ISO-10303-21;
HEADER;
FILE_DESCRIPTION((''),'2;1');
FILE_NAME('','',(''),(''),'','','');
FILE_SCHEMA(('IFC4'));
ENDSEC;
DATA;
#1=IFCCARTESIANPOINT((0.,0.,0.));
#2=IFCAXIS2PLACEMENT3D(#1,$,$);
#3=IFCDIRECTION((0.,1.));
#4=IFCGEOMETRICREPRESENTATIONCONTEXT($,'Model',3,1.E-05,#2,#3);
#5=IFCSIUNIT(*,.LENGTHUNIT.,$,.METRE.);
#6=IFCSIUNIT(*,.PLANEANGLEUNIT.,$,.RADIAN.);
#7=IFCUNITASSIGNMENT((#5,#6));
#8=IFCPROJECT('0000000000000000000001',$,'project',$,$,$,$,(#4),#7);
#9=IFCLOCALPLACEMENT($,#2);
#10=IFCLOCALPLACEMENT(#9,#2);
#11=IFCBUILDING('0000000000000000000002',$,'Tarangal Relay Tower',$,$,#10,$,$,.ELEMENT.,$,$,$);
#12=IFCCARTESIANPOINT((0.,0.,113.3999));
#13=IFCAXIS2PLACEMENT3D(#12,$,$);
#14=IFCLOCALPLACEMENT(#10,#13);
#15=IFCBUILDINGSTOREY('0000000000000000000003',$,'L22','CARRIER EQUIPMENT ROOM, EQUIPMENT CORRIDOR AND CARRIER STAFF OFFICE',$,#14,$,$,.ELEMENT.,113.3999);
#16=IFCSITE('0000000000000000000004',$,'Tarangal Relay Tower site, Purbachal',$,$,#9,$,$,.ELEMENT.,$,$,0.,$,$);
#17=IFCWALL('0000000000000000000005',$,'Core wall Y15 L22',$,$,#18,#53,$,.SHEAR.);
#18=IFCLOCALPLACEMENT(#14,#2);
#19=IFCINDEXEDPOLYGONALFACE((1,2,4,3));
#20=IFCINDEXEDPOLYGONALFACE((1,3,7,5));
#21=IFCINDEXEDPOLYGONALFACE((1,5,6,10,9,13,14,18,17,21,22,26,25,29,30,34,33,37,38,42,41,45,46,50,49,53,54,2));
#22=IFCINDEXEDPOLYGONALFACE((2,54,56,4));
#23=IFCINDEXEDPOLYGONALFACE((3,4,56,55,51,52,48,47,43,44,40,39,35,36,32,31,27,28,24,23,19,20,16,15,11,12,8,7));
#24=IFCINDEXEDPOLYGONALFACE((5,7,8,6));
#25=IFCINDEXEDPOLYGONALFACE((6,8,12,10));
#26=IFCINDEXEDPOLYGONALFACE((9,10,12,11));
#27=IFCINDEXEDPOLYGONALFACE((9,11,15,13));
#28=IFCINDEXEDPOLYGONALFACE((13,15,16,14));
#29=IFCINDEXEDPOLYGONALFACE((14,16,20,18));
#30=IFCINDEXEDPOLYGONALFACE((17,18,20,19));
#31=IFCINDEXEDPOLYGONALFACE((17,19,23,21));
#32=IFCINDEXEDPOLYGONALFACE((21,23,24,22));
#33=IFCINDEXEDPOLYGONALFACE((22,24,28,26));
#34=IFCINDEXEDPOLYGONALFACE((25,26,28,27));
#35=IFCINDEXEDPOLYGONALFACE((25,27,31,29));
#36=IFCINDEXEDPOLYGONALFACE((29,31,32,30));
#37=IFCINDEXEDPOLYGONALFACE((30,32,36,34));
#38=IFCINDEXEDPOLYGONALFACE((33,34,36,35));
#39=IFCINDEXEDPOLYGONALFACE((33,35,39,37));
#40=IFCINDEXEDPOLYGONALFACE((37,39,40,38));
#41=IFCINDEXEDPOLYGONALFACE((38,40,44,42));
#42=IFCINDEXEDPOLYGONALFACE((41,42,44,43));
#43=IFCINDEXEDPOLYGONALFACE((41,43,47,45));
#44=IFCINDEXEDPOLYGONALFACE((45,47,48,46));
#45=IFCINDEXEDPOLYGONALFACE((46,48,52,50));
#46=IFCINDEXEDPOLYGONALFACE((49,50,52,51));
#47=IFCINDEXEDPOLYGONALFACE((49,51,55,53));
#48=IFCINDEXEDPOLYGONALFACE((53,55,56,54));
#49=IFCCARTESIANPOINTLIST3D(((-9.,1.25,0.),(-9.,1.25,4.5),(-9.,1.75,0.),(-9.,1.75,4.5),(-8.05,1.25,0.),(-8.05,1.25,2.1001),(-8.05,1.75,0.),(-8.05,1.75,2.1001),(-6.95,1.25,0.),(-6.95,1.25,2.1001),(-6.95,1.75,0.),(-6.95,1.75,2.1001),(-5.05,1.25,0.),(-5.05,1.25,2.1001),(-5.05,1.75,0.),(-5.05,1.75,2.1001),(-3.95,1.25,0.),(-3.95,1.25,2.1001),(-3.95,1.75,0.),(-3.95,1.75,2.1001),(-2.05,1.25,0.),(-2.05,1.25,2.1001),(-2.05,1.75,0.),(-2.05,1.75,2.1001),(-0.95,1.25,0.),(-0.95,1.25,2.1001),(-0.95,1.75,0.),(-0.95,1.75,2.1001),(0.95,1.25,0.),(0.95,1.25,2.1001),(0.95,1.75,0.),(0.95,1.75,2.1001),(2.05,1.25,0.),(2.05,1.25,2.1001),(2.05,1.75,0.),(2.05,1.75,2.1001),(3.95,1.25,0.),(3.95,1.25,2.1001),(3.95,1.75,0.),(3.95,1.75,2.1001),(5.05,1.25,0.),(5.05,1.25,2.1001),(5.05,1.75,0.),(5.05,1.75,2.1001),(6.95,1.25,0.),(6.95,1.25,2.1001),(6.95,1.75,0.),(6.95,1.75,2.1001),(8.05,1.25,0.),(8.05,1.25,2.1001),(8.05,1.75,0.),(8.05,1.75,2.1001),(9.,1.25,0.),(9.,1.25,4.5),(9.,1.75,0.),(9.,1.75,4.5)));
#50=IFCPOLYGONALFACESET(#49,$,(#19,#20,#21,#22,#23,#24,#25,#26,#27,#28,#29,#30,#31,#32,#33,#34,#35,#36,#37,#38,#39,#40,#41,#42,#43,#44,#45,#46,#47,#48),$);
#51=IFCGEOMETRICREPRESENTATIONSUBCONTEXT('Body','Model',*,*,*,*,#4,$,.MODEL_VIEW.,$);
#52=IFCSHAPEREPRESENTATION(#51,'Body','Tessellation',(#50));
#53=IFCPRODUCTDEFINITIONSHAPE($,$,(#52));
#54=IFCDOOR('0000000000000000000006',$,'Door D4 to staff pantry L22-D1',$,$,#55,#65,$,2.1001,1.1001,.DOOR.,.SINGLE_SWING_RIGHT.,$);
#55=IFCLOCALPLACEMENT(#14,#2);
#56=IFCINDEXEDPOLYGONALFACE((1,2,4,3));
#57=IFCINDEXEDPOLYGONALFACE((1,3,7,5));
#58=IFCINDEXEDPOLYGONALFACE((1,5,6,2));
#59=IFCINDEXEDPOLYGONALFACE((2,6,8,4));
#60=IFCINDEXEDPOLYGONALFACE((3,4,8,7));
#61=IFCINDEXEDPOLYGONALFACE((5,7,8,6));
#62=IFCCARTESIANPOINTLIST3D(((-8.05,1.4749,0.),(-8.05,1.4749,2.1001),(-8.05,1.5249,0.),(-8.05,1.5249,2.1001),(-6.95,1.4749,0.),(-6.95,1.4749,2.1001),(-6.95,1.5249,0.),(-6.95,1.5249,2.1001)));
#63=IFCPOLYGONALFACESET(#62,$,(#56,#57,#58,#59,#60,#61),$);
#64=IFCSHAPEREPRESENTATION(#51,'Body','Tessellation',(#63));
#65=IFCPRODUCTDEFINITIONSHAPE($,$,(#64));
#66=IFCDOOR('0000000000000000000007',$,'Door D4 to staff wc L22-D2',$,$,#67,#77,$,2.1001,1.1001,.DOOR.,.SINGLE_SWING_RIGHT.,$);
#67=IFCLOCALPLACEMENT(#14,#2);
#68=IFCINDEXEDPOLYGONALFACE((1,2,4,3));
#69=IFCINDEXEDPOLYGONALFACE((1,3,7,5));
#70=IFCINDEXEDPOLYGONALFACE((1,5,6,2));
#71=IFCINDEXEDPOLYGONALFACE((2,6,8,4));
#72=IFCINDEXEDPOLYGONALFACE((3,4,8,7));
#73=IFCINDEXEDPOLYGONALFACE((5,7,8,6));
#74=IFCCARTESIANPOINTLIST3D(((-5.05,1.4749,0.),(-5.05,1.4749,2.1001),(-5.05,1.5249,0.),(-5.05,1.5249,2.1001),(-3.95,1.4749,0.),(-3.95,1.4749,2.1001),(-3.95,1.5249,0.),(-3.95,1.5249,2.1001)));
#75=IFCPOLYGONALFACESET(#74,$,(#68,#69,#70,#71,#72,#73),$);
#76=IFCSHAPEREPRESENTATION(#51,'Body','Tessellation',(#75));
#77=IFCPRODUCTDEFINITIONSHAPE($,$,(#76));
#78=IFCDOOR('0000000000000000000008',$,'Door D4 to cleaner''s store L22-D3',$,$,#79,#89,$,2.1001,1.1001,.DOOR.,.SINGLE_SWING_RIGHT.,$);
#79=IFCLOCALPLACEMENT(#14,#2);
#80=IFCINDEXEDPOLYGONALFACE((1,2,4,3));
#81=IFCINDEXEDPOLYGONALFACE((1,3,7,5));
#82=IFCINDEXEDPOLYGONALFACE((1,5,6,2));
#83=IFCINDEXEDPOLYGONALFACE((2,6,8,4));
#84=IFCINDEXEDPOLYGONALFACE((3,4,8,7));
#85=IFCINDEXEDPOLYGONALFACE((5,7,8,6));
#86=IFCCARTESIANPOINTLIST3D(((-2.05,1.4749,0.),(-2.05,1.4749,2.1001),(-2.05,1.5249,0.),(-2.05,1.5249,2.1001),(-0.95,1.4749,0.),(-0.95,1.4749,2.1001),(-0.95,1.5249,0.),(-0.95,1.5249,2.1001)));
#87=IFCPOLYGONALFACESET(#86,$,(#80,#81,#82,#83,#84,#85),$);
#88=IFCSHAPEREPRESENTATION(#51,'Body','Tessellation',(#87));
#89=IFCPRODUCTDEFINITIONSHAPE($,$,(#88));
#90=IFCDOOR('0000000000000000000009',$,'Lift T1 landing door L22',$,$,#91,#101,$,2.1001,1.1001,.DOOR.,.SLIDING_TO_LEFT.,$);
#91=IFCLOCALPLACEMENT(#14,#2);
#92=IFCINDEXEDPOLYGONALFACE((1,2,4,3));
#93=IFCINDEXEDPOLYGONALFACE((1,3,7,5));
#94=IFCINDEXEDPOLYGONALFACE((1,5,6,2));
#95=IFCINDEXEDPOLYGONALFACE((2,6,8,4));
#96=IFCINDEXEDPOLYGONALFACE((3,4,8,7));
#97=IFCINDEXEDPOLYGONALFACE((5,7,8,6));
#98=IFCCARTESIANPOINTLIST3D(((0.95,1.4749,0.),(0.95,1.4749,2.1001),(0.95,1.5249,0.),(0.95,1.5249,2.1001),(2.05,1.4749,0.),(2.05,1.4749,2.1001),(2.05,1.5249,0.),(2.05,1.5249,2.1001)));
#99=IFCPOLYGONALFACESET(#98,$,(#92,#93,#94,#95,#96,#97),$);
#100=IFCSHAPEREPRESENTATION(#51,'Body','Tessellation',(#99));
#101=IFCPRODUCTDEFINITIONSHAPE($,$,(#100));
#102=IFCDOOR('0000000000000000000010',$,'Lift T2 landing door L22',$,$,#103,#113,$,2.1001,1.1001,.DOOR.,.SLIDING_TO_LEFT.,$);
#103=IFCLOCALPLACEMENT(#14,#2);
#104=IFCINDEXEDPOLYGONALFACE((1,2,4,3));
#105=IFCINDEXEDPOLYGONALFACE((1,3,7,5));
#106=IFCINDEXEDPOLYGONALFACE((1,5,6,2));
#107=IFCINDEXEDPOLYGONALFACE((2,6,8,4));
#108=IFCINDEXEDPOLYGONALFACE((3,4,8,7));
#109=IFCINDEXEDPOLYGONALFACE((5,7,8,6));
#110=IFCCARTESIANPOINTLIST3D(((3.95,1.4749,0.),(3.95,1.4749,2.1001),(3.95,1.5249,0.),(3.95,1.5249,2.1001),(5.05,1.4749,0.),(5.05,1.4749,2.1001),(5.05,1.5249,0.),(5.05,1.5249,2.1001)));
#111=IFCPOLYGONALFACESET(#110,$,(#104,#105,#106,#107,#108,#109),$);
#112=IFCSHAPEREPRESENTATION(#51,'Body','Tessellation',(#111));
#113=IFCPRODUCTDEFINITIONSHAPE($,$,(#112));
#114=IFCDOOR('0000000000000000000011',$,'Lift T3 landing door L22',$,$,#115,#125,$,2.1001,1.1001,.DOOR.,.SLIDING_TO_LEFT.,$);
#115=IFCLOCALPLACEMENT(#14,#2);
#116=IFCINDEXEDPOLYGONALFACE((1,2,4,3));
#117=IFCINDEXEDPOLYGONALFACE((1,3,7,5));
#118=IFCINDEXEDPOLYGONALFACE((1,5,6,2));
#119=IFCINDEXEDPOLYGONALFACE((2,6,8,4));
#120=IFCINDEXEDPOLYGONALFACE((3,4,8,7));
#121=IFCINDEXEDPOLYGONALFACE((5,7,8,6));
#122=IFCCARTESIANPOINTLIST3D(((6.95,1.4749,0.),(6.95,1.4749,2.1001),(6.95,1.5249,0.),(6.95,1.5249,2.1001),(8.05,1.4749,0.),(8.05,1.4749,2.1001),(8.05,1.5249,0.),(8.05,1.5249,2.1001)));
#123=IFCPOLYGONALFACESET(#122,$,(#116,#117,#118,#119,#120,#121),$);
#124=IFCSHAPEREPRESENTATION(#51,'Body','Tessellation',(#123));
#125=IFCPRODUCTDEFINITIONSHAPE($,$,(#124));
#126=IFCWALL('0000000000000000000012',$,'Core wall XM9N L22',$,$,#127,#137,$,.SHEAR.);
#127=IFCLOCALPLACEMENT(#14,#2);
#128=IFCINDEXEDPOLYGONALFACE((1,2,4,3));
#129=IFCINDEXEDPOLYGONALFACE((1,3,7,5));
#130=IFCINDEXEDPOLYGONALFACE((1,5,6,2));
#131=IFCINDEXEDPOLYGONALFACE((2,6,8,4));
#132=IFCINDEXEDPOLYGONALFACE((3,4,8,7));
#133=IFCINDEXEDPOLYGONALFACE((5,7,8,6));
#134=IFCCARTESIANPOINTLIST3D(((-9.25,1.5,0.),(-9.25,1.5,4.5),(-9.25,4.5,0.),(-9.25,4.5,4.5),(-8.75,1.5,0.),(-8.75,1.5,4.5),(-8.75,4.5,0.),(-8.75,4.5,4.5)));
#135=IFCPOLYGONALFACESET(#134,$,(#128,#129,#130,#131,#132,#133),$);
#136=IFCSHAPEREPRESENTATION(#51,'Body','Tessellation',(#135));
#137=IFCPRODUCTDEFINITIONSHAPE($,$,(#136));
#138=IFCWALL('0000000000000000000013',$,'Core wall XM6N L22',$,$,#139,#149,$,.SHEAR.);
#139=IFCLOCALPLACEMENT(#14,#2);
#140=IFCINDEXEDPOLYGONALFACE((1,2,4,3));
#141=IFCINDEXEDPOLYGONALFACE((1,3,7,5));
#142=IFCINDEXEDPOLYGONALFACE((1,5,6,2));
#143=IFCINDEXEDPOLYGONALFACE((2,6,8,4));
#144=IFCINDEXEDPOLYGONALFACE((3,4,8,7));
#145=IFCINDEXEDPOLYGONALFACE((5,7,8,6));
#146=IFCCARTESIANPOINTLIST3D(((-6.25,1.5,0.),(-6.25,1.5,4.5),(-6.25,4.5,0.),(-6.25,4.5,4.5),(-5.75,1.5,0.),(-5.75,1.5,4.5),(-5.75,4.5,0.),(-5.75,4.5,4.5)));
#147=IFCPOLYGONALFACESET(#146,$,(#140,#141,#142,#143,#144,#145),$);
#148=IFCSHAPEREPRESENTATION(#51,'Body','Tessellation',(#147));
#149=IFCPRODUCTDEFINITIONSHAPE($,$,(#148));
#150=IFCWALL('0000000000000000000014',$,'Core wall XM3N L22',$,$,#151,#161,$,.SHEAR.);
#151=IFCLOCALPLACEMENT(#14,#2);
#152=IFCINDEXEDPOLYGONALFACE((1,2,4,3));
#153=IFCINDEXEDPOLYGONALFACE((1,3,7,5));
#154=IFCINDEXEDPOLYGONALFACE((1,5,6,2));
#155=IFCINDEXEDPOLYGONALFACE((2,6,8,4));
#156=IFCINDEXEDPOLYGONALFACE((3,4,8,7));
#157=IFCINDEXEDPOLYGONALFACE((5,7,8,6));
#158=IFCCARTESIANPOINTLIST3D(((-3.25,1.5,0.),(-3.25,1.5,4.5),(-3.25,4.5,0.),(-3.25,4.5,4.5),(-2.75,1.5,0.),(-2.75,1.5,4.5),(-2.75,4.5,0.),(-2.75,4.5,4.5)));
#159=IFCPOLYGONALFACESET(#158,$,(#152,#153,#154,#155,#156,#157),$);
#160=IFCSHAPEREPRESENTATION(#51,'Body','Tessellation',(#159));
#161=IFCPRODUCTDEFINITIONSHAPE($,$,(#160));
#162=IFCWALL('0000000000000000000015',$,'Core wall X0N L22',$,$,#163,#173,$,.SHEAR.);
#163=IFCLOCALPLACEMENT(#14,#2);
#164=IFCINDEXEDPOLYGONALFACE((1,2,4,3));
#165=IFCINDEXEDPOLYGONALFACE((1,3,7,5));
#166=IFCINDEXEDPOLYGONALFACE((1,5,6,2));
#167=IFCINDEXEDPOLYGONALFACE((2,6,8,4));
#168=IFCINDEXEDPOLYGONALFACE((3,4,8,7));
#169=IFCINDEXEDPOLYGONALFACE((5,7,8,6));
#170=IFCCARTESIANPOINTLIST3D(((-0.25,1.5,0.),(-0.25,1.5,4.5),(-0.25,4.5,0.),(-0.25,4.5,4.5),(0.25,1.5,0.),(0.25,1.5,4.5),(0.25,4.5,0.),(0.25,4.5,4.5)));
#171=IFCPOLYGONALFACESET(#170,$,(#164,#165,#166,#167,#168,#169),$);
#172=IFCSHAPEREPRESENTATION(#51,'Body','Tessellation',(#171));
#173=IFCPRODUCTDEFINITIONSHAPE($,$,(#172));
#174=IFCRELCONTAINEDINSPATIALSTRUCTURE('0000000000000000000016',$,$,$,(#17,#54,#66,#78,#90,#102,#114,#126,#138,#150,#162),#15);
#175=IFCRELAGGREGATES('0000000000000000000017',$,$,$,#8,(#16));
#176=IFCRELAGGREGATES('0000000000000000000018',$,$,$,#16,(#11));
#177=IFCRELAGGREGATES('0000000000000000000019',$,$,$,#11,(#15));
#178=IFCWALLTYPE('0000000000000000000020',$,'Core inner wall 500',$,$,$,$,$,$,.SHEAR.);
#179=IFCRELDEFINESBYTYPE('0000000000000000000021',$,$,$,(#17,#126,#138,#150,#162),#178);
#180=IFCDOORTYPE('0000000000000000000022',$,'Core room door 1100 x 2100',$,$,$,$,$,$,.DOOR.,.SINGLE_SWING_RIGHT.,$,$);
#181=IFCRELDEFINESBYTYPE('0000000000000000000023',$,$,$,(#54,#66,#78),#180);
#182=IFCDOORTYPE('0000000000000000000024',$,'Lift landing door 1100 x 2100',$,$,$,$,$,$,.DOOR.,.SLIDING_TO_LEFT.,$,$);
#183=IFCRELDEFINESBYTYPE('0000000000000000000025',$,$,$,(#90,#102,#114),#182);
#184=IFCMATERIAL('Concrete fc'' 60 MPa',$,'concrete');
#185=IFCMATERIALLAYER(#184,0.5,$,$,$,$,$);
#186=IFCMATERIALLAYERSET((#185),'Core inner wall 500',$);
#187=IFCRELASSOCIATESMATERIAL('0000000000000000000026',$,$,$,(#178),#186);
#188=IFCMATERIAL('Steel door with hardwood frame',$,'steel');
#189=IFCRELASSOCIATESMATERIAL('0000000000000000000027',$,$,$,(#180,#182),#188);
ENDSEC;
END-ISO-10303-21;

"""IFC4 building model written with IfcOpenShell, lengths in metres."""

from ifc_helpers import new_model, si_unit, direction, frame, frame_2d, origin, place, context, subcontext, project, spatial, rectangle, extrude, material, layer, layer_set, type_object, element, fill, save


model = new_model("IFC4")

# Units and contexts
model_context = context("Model", 3, precision=1e-05, world=origin(), true_north=direction((0.0, 1.0)))
body_context = subcontext(model_context, "Body", "Model", "MODEL_VIEW")
ifc_project = project(units=[si_unit("LENGTHUNIT", "METRE"), si_unit("PLANEANGLEUNIT", "RADIAN")], contexts=[model_context])

# Site, building, storey
site_placement = place(None, origin())
site = spatial("IfcSite", under=ifc_project, at=site_placement, Name="Tarangal Relay Tower site, Purbachal", CompositionType="ELEMENT", RefElevation=0.0)
building_placement = place(site_placement, origin())
building = spatial("IfcBuilding", under=site, at=building_placement, Name="Tarangal Relay Tower", CompositionType="ELEMENT")
storey_placement = place(building_placement, frame((0.0, 0.0, 113.3999)))
storey = spatial("IfcBuildingStorey", under=building, at=storey_placement, Name="L22", Description="CARRIER EQUIPMENT ROOM, EQUIPMENT CORRIDOR AND CARRIER STAFF OFFICE", CompositionType="ELEMENT", Elevation=113.3999)

# Wall, openings, doors
ifc_material_1 = material(Name="Concrete fc' 60 MPa", Category="concrete")
ifc_layer_1 = layer(ifc_material_1, 0.5)
ifc_layer_set_1 = layer_set([ifc_layer_1], Name="Core inner wall 500")
wall_type = type_object("IfcWallType", Name="Core inner wall 500", PredefinedType="SHEAR", material=ifc_layer_set_1)
wall_1_placement = place(storey_placement, frame((-9.0, 1.5, 0.0), z_axis=(0.0, 0.0, 1.0), x_axis=(1.0, 0.0, 0.0)))
wall_1 = element("IfcWall", 1, at=wall_1_placement, inside=storey, type_object=wall_type, Name="Core wall Y15 L22", PredefinedType="SHEAR", context=body_context, shape_type="SweptSolid", body=[
    extrude(rectangle(XDim=18.0, YDim=0.5, at=frame_2d((9.0, 0.0))), origin(), (0.0, 0.0, 1.0), 4.5),
])
opening_1_placement = place(wall_1_placement, frame((9.95, 0.0, 0.0)))
opening_1 = element("IfcOpeningElement", 2, at=opening_1_placement, cuts=wall_1, PredefinedType="OPENING", context=body_context, shape_type="SweptSolid", body=[
    extrude(rectangle(XDim=1.1001, YDim=2.1001, at=frame_2d((0.55, 1.05))), frame((0.0, 0.26, 0.0), z_axis=(0.0, -1.0, 0.0), x_axis=(1.0, 0.0, 0.0)), (0.0, 0.0, 1.0), 0.52),
])
opening_2_placement = place(wall_1_placement, frame((12.95, 0.0, 0.0)))
opening_2 = element("IfcOpeningElement", 3, at=opening_2_placement, cuts=wall_1, PredefinedType="OPENING", context=body_context, shape_type="SweptSolid", body=[
    extrude(rectangle(XDim=1.1001, YDim=2.1001, at=frame_2d((0.55, 1.05))), frame((0.0, 0.26, 0.0), z_axis=(0.0, -1.0, 0.0), x_axis=(1.0, 0.0, 0.0)), (0.0, 0.0, 1.0), 0.52),
])
opening_3_placement = place(wall_1_placement, frame((15.95, 0.0, 0.0)))
opening_3 = element("IfcOpeningElement", 4, at=opening_3_placement, cuts=wall_1, PredefinedType="OPENING", context=body_context, shape_type="SweptSolid", body=[
    extrude(rectangle(XDim=1.1001, YDim=2.1001, at=frame_2d((0.55, 1.05))), frame((0.0, 0.26, 0.0), z_axis=(0.0, -1.0, 0.0), x_axis=(1.0, 0.0, 0.0)), (0.0, 0.0, 1.0), 0.52),
])
opening_4_placement = place(wall_1_placement, frame((0.95, 0.0, 0.0)))
opening_4 = element("IfcOpeningElement", 5, at=opening_4_placement, cuts=wall_1, PredefinedType="OPENING", context=body_context, shape_type="SweptSolid", body=[
    extrude(rectangle(XDim=1.1001, YDim=2.1001, at=frame_2d((0.55, 1.05))), frame((0.0, 0.26, 0.0), z_axis=(0.0, -1.0, 0.0), x_axis=(1.0, 0.0, 0.0)), (0.0, 0.0, 1.0), 0.52),
])
opening_5_placement = place(wall_1_placement, frame((3.95, 0.0, 0.0)))
opening_5 = element("IfcOpeningElement", 6, at=opening_5_placement, cuts=wall_1, PredefinedType="OPENING", context=body_context, shape_type="SweptSolid", body=[
    extrude(rectangle(XDim=1.1001, YDim=2.1001, at=frame_2d((0.55, 1.05))), frame((0.0, 0.26, 0.0), z_axis=(0.0, -1.0, 0.0), x_axis=(1.0, 0.0, 0.0)), (0.0, 0.0, 1.0), 0.52),
])
opening_6_placement = place(wall_1_placement, frame((6.95, 0.0, 0.0)))
opening_6 = element("IfcOpeningElement", 7, at=opening_6_placement, cuts=wall_1, PredefinedType="OPENING", context=body_context, shape_type="SweptSolid", body=[
    extrude(rectangle(XDim=1.1001, YDim=2.1001, at=frame_2d((0.55, 1.05))), frame((0.0, 0.26, 0.0), z_axis=(0.0, -1.0, 0.0), x_axis=(1.0, 0.0, 0.0)), (0.0, 0.0, 1.0), 0.52),
])
ifc_material_2 = material(Name="Steel door with hardwood frame", Category="steel")
door_type_1 = type_object("IfcDoorType", Name="Core room door 1100 x 2100", OperationType="SINGLE_SWING_RIGHT", PredefinedType="DOOR", material=ifc_material_2)
door_1_placement = place(opening_4_placement, origin())
door_1 = element("IfcDoor", 8, at=door_1_placement, inside=storey, type_object=door_type_1, Name="Door D4 to staff pantry L22-D1", OperationType="SINGLE_SWING_RIGHT", OverallHeight=2.1001, OverallWidth=1.1001, PredefinedType="DOOR", context=body_context, shape_type="SweptSolid", body=[
    extrude(rectangle(XDim=1.1001, YDim=2.1001, at=frame_2d((0.55, 1.05))), frame((0.0, 0.0249, 0.0), z_axis=(0.0, -1.0, 0.0), x_axis=(1.0, 0.0, 0.0)), (0.0, 0.0, 1.0), 0.05),
])
fill(opening_4, door_1)
door_2_placement = place(opening_5_placement, origin())
door_2 = element("IfcDoor", 9, at=door_2_placement, inside=storey, type_object=door_type_1, Name="Door D4 to staff wc L22-D2", OperationType="SINGLE_SWING_RIGHT", OverallHeight=2.1001, OverallWidth=1.1001, PredefinedType="DOOR", context=body_context, shape_type="SweptSolid", body=[
    extrude(rectangle(XDim=1.1001, YDim=2.1001, at=frame_2d((0.55, 1.05))), frame((0.0, 0.0249, 0.0), z_axis=(0.0, -1.0, 0.0), x_axis=(1.0, 0.0, 0.0)), (0.0, 0.0, 1.0), 0.05),
])
fill(opening_5, door_2)
door_3_placement = place(opening_6_placement, origin())
door_3 = element("IfcDoor", 10, at=door_3_placement, inside=storey, type_object=door_type_1, Name="Door D4 to cleaner's store L22-D3", OperationType="SINGLE_SWING_RIGHT", OverallHeight=2.1001, OverallWidth=1.1001, PredefinedType="DOOR", context=body_context, shape_type="SweptSolid", body=[
    extrude(rectangle(XDim=1.1001, YDim=2.1001, at=frame_2d((0.55, 1.05))), frame((0.0, 0.0249, 0.0), z_axis=(0.0, -1.0, 0.0), x_axis=(1.0, 0.0, 0.0)), (0.0, 0.0, 1.0), 0.05),
])
fill(opening_6, door_3)
door_type_2 = type_object("IfcDoorType", Name="Lift landing door 1100 x 2100", OperationType="SLIDING_TO_LEFT", PredefinedType="DOOR", material=ifc_material_2)
door_4_placement = place(opening_1_placement, origin())
door_4 = element("IfcDoor", 11, at=door_4_placement, inside=storey, type_object=door_type_2, Name="Lift T1 landing door L22", OperationType="SLIDING_TO_LEFT", OverallHeight=2.1001, OverallWidth=1.1001, PredefinedType="DOOR", context=body_context, shape_type="SweptSolid", body=[
    extrude(rectangle(XDim=1.1001, YDim=2.1001, at=frame_2d((0.55, 1.05))), frame((0.0, 0.0249, 0.0), z_axis=(0.0, -1.0, 0.0), x_axis=(1.0, 0.0, 0.0)), (0.0, 0.0, 1.0), 0.05),
])
fill(opening_1, door_4)
door_5_placement = place(opening_2_placement, origin())
door_5 = element("IfcDoor", 12, at=door_5_placement, inside=storey, type_object=door_type_2, Name="Lift T2 landing door L22", OperationType="SLIDING_TO_LEFT", OverallHeight=2.1001, OverallWidth=1.1001, PredefinedType="DOOR", context=body_context, shape_type="SweptSolid", body=[
    extrude(rectangle(XDim=1.1001, YDim=2.1001, at=frame_2d((0.55, 1.05))), frame((0.0, 0.0249, 0.0), z_axis=(0.0, -1.0, 0.0), x_axis=(1.0, 0.0, 0.0)), (0.0, 0.0, 1.0), 0.05),
])
fill(opening_2, door_5)
door_6_placement = place(opening_3_placement, origin())
door_6 = element("IfcDoor", 13, at=door_6_placement, inside=storey, type_object=door_type_2, Name="Lift T3 landing door L22", OperationType="SLIDING_TO_LEFT", OverallHeight=2.1001, OverallWidth=1.1001, PredefinedType="DOOR", context=body_context, shape_type="SweptSolid", body=[
    extrude(rectangle(XDim=1.1001, YDim=2.1001, at=frame_2d((0.55, 1.05))), frame((0.0, 0.0249, 0.0), z_axis=(0.0, -1.0, 0.0), x_axis=(1.0, 0.0, 0.0)), (0.0, 0.0, 1.0), 0.05),
])
fill(opening_3, door_6)

# Walls
for number, where, z_axis, x_axis, name in (
    (14, (-9.0, 1.5, 0.0), (0.0, 0.0, 1.0), (0.0, 1.0, 0.0), "Core wall XM9N L22"),
    (15, (-6.0, 1.5, 0.0), (0.0, 0.0, 1.0), (0.0, 1.0, 0.0), "Core wall XM6N L22"),
    (16, (-3.0, 1.5, 0.0), (0.0, 0.0, 1.0), (0.0, 1.0, 0.0), "Core wall XM3N L22"),
    (17, (0.0, 1.5, 0.0), (0.0, 0.0, 1.0), (0.0, 1.0, 0.0), "Core wall X0N L22"),
):
    element("IfcWall", number, at=place(storey_placement, frame(where, z_axis=z_axis, x_axis=x_axis)), inside=storey, type_object=wall_type, Name=name, PredefinedType="SHEAR", context=body_context, shape_type="SweptSolid", body=[
        extrude(rectangle(XDim=3.0, YDim=0.5, at=frame_2d((1.5, 0.0))), origin(), (0.0, 0.0, 1.0), 4.5),
    ])

save(model, "model.ifc")
